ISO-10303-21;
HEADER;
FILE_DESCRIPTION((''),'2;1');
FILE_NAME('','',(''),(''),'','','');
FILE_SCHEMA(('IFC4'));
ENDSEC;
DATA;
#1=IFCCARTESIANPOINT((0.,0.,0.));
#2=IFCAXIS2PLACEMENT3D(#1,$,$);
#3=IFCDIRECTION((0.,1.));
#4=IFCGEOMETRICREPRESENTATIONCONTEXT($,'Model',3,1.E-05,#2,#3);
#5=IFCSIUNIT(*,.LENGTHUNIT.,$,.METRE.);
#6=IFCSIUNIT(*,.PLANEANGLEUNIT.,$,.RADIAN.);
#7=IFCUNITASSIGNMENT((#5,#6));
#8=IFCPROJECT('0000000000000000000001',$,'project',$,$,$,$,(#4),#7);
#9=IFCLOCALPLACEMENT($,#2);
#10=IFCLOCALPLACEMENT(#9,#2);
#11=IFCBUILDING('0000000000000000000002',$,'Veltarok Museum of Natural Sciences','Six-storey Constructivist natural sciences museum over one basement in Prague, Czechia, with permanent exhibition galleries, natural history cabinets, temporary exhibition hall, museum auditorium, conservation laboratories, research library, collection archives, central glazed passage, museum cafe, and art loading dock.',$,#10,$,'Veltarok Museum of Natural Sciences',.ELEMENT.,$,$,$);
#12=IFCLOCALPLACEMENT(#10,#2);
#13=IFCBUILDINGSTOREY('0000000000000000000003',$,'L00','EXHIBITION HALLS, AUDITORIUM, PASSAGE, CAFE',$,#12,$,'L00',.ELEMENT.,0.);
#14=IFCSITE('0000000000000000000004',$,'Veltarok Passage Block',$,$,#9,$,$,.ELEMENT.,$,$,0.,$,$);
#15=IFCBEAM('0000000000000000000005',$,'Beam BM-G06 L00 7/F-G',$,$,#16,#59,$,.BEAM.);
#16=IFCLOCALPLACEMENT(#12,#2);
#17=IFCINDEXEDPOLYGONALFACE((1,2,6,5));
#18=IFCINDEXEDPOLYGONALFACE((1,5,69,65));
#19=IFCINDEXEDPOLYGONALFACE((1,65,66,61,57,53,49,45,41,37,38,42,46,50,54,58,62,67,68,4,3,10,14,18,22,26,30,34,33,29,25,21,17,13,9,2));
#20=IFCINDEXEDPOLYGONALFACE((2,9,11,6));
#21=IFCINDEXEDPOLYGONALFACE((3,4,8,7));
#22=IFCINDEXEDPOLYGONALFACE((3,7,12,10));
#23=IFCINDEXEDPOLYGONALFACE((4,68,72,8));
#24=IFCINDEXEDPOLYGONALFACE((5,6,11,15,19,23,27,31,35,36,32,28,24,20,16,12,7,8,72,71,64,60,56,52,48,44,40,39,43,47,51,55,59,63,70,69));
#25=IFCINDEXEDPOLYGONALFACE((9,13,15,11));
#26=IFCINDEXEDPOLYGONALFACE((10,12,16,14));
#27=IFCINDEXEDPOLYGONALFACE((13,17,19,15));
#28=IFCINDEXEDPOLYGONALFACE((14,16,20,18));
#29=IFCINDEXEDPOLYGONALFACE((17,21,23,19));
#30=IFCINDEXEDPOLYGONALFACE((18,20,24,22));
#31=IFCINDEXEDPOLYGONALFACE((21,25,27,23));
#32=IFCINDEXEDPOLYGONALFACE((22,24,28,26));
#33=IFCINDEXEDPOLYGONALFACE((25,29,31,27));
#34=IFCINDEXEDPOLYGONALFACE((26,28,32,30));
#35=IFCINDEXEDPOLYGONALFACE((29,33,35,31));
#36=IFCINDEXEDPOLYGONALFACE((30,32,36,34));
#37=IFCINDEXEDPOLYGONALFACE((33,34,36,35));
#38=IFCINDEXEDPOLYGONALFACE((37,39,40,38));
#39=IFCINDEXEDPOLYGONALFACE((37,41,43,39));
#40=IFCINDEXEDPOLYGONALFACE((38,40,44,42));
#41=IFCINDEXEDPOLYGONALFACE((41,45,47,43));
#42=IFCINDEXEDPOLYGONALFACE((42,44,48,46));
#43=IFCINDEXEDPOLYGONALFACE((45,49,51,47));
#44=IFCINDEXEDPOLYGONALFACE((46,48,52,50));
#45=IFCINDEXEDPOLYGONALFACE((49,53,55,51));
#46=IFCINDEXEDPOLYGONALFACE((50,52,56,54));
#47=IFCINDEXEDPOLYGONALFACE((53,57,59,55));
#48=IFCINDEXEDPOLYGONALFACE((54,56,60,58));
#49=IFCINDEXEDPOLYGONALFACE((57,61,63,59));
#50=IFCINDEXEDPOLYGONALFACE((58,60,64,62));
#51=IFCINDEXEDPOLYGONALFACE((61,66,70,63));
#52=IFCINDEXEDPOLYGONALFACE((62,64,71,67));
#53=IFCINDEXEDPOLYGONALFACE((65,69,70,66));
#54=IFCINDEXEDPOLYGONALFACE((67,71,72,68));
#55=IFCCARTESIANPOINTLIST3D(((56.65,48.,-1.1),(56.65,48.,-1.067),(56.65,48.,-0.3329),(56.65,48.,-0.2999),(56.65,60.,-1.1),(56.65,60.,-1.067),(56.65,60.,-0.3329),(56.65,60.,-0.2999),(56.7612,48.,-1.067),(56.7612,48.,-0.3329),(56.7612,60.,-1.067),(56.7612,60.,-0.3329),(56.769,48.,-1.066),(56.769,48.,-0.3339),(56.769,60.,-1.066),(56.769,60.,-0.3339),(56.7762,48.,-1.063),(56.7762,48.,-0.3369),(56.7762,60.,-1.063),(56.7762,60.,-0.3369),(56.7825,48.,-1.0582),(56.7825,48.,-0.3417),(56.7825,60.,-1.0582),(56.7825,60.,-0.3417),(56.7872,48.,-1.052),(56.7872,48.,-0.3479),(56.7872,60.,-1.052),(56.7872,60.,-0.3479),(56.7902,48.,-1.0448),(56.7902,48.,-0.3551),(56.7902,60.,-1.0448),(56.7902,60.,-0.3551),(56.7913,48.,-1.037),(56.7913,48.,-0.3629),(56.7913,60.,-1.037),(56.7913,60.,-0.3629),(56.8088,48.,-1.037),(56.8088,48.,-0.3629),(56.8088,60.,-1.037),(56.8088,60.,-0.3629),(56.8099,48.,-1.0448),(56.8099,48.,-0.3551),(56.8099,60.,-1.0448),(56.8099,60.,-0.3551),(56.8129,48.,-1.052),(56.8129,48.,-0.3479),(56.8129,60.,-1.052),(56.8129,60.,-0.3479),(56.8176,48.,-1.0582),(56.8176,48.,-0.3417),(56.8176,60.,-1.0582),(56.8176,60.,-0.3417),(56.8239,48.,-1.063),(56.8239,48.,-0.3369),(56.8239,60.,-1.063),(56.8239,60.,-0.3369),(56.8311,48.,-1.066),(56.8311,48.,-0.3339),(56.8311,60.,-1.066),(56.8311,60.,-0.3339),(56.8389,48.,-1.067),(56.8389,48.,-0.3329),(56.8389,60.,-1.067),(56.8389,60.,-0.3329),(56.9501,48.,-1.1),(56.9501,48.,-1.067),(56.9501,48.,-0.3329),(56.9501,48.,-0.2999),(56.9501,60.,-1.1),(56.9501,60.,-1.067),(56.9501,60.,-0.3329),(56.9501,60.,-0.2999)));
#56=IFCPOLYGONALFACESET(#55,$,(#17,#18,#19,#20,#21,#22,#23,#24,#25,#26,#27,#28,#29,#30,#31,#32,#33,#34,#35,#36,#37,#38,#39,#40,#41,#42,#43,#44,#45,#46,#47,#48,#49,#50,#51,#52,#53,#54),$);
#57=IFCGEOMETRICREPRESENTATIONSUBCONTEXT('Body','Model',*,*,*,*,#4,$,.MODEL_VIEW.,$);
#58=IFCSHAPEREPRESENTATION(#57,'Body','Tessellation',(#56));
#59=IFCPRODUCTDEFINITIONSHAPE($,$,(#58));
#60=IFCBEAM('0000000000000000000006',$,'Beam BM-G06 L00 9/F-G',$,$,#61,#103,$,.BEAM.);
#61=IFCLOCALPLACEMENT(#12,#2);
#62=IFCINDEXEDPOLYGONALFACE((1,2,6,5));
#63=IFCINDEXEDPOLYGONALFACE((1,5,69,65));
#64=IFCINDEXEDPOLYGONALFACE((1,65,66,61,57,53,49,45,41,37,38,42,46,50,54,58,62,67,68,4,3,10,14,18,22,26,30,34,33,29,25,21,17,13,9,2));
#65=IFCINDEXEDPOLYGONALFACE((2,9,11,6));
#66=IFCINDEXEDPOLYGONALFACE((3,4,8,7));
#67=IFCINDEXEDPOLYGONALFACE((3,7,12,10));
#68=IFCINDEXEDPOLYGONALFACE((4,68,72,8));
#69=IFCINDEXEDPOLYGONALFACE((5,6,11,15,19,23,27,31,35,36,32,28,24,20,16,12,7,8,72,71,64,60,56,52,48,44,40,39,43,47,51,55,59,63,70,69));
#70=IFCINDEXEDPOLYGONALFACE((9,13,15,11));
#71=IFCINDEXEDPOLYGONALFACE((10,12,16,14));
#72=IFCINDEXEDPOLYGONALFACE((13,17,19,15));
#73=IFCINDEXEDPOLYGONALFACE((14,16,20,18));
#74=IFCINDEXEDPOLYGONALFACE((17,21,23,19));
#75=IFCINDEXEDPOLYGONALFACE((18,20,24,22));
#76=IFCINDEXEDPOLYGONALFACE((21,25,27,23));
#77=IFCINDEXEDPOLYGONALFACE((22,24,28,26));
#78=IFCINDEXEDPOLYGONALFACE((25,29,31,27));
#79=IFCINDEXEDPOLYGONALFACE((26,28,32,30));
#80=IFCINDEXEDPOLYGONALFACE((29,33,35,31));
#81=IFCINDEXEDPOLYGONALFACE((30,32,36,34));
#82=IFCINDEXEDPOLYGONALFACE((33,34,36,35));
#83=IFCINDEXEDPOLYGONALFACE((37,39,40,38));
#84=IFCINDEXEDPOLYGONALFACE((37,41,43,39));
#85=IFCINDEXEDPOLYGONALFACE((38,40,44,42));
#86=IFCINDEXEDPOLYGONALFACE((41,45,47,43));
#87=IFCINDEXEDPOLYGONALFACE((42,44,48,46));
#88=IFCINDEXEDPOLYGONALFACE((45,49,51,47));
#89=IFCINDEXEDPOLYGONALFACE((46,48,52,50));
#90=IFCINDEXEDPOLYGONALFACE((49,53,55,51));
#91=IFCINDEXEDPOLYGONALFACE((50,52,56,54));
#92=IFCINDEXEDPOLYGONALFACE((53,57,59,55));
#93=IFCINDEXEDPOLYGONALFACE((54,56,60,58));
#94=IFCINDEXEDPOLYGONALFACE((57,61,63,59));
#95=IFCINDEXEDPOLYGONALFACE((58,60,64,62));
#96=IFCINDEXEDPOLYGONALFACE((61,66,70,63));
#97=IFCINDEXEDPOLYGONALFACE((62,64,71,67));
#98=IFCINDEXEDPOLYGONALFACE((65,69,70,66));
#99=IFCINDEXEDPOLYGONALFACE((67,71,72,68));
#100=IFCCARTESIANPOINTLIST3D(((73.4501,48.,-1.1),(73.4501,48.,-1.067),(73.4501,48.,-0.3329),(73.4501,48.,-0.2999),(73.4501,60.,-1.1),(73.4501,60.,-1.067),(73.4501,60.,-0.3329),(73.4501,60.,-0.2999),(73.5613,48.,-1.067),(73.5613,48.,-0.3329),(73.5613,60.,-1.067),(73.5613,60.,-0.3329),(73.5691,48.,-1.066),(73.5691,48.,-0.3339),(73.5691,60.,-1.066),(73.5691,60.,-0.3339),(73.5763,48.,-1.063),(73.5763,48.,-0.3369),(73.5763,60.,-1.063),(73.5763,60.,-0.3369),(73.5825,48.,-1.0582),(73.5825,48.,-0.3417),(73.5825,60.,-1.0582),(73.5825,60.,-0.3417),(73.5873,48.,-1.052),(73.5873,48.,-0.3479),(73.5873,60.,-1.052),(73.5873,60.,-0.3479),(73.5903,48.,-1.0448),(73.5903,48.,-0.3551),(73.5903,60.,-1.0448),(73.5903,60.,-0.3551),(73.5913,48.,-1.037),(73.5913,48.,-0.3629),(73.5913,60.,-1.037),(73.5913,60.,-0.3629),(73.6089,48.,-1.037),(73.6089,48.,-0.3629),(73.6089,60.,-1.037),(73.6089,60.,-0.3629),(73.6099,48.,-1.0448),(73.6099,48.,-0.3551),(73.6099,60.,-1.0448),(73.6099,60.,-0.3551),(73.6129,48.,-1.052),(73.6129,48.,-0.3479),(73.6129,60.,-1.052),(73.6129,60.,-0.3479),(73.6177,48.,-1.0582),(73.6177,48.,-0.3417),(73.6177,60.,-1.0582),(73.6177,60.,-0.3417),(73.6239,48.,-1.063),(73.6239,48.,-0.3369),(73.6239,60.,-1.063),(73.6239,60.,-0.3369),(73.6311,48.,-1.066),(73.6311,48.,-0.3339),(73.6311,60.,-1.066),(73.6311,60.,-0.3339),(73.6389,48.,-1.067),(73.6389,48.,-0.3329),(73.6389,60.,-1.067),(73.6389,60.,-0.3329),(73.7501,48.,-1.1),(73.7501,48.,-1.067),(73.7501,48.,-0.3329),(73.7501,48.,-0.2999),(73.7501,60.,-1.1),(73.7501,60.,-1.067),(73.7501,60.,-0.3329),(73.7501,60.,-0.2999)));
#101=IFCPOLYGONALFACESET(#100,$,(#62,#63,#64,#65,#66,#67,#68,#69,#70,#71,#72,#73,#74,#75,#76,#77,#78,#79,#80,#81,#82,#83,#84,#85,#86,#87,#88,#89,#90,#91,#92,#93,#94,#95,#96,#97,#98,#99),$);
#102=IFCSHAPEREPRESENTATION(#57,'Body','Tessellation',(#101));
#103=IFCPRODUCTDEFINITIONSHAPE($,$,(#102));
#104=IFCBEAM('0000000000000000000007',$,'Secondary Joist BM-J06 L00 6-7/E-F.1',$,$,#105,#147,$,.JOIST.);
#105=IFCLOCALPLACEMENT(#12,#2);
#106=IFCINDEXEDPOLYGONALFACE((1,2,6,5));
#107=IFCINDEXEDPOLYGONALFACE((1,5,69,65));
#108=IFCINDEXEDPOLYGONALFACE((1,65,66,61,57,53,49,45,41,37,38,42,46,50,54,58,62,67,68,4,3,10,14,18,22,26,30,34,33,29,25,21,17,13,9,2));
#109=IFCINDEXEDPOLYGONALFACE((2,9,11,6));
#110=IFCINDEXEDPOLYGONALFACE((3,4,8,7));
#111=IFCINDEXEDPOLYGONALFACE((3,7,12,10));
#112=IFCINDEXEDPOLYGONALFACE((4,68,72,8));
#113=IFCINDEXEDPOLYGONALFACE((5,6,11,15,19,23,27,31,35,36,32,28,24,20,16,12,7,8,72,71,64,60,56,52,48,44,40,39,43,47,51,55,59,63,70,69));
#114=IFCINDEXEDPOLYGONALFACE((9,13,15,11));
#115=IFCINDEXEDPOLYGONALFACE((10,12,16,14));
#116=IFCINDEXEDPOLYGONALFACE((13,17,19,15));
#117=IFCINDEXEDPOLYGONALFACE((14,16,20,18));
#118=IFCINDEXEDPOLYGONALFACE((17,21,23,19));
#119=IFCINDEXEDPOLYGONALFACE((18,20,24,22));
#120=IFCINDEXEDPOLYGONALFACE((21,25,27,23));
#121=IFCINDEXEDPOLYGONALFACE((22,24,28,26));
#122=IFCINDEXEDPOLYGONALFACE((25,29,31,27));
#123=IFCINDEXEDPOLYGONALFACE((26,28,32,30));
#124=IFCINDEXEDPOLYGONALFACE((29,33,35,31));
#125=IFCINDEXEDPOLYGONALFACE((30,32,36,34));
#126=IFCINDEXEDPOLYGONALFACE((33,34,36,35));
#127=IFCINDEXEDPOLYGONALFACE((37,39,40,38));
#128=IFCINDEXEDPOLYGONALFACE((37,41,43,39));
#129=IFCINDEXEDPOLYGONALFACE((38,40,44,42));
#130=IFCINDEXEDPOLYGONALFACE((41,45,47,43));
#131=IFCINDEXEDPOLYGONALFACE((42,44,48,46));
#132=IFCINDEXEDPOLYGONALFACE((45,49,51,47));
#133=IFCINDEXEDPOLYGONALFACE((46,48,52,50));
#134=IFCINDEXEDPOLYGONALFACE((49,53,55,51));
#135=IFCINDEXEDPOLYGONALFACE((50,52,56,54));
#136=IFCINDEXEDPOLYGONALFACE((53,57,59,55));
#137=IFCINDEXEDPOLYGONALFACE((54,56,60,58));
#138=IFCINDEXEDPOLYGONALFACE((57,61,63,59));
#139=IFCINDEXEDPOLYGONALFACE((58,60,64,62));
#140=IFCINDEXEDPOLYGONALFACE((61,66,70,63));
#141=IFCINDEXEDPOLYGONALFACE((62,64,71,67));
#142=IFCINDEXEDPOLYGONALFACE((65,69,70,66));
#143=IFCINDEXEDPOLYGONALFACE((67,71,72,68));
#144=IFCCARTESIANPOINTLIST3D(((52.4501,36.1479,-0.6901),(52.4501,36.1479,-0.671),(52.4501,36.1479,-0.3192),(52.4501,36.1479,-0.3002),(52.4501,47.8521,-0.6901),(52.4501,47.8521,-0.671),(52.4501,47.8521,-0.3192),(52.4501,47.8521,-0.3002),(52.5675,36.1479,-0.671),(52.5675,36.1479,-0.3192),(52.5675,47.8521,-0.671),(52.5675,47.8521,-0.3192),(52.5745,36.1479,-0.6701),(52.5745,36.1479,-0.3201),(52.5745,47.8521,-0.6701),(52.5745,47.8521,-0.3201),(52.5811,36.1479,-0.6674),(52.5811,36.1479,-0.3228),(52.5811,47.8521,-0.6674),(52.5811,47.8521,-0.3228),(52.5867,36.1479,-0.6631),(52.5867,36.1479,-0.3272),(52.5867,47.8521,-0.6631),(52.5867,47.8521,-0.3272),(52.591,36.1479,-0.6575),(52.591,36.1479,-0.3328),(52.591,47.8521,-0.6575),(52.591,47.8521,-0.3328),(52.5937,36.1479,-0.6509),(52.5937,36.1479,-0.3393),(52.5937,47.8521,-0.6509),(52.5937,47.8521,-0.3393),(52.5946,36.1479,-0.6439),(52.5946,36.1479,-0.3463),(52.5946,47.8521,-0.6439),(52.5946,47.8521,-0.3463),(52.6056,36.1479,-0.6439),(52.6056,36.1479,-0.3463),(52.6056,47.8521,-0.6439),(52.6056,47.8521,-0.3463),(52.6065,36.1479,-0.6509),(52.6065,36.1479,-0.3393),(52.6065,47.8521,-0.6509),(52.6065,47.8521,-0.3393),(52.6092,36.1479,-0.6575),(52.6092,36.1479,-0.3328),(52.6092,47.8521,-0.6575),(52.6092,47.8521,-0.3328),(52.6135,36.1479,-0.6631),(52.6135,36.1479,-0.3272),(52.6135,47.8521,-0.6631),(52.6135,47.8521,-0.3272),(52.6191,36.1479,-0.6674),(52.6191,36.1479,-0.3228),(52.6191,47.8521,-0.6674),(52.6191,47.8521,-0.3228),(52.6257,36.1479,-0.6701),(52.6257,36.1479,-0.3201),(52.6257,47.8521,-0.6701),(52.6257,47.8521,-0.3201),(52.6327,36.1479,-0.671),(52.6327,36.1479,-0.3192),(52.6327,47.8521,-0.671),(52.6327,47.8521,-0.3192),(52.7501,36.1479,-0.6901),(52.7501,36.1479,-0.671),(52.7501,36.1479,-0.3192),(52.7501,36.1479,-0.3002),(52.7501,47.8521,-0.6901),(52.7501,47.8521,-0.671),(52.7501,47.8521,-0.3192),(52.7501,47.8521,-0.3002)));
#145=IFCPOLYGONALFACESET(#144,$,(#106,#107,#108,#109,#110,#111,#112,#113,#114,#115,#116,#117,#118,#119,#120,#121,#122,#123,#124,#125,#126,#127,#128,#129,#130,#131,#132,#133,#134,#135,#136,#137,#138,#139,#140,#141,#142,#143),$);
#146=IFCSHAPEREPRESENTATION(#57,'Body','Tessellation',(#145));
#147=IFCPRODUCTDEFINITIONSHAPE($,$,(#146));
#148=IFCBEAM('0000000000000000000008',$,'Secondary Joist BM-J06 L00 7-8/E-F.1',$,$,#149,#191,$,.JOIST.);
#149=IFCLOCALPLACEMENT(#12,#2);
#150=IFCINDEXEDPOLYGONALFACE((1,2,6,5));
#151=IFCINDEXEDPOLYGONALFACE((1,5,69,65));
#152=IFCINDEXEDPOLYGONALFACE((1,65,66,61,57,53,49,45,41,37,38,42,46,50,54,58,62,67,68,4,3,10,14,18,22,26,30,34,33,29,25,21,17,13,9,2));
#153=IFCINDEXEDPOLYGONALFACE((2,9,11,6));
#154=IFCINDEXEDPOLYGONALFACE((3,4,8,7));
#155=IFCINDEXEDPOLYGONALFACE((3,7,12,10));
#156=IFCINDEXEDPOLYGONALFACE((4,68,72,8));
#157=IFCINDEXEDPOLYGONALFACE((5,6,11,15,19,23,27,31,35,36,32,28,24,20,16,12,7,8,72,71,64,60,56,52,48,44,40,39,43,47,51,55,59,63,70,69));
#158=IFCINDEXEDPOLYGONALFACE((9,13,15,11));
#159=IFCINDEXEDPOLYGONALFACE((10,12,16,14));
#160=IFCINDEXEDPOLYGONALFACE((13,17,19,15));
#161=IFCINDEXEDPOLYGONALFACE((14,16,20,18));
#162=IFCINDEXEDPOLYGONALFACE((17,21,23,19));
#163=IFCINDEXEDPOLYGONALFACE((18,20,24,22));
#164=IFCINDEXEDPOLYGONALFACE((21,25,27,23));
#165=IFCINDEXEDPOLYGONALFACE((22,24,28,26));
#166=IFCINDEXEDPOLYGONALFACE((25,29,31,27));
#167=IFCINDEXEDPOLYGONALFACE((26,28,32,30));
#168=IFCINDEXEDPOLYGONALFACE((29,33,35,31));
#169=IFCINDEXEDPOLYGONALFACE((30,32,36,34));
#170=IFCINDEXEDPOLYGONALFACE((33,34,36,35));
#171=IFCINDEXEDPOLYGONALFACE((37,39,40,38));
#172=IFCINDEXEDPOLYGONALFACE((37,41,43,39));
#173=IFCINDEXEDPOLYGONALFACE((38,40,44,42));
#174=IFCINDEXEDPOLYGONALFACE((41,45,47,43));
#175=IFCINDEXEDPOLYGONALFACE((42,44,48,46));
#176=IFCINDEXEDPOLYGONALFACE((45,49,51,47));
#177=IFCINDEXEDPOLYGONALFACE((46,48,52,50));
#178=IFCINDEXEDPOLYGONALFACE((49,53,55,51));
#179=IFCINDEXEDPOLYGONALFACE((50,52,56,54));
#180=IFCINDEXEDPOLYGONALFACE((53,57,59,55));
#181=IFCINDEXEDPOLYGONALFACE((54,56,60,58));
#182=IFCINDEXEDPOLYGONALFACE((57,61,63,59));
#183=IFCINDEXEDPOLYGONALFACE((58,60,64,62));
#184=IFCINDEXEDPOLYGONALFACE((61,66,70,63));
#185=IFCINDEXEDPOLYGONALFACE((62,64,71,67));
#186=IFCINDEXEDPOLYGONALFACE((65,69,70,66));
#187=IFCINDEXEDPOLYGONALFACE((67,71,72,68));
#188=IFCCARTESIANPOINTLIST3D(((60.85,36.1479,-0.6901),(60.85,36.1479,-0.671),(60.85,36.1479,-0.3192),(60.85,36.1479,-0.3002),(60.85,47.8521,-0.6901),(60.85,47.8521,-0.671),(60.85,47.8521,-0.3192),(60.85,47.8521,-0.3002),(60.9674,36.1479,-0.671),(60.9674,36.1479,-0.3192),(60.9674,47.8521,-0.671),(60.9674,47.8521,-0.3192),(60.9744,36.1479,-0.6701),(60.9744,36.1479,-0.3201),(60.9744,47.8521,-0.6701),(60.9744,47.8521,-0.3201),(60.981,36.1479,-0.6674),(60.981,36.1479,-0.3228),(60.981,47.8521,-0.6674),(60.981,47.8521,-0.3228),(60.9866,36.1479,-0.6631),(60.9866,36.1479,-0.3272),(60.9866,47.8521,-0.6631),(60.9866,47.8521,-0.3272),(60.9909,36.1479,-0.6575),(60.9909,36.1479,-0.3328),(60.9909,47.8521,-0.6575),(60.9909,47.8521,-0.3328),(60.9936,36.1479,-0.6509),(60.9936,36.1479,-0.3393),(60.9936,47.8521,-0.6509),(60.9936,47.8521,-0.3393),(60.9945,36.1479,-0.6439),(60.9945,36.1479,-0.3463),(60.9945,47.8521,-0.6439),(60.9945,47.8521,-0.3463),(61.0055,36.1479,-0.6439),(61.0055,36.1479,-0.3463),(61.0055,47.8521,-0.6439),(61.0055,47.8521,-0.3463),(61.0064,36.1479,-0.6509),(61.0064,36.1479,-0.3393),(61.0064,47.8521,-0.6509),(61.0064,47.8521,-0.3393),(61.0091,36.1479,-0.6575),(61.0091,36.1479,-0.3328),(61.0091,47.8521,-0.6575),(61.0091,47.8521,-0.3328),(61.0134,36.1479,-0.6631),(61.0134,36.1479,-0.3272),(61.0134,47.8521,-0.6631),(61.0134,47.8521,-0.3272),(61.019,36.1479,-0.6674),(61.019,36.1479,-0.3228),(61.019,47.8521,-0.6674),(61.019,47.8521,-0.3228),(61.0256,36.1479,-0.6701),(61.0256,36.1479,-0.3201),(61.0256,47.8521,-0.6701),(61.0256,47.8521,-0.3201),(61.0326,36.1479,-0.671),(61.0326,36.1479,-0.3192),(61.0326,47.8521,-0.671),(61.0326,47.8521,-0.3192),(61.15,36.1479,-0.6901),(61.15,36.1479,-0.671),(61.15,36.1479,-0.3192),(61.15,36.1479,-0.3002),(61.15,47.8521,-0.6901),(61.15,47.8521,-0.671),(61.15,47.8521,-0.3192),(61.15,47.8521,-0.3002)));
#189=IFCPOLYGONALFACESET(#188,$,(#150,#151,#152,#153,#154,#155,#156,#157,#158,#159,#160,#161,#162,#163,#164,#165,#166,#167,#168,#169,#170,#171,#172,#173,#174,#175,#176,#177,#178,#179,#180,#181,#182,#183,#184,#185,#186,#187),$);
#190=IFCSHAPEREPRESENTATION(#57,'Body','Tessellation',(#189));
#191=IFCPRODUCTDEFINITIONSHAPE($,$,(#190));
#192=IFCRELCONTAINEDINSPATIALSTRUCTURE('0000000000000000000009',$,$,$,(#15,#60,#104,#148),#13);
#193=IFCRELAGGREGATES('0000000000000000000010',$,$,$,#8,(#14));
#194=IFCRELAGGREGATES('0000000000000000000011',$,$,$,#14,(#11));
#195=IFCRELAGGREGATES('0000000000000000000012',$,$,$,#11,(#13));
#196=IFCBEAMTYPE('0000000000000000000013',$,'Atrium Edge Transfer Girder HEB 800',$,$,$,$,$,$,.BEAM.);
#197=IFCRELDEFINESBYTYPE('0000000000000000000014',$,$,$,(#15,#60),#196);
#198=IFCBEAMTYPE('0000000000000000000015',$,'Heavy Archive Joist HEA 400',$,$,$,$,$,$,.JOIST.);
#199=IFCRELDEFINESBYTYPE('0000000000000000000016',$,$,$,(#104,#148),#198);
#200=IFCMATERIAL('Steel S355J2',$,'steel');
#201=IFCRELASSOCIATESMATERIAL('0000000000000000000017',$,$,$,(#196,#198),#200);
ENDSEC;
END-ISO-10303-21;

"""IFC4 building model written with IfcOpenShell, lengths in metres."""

from ifc_helpers import new_model, si_unit, direction, frame, origin, origin_2d, place, context, subcontext, project, spatial, i_section, extrude, material, material_profile, profile_set, type_object, element, save


model = new_model("IFC4")

# Units and contexts
model_context = context("Model", 3, precision=1e-05, world=origin(), true_north=direction((0.0, 1.0)))
body_context = subcontext(model_context, "Body", "Model", "MODEL_VIEW")
ifc_project = project(units=[si_unit("LENGTHUNIT", "METRE"), si_unit("PLANEANGLEUNIT", "RADIAN")], contexts=[model_context])

# Site, building, storey
site_placement = place(None, origin())
site = spatial("IfcSite", under=ifc_project, at=site_placement, Name="Veltarok Passage Block", CompositionType="ELEMENT", RefElevation=0.0)
building_placement = place(site_placement, origin())
building = spatial("IfcBuilding", under=site, at=building_placement, Name="Veltarok Museum of Natural Sciences", Description="Six-storey Constructivist natural sciences museum over one basement in Prague, Czechia, with permanent exhibition galleries, natural history cabinets, temporary exhibition hall, museum auditorium, conservation laboratories, research library, collection archives, central glazed passage, museum cafe, and art loading dock.", LongName="Veltarok Museum of Natural Sciences", CompositionType="ELEMENT")
storey_placement = place(building_placement, origin())
storey = spatial("IfcBuildingStorey", under=building, at=storey_placement, Name="L00", Description="EXHIBITION HALLS, AUDITORIUM, PASSAGE, CAFE", LongName="L00", CompositionType="ELEMENT", Elevation=0.0)

# Shared definitions
ifc_material_1 = material(Name="Steel S355J2", Category="steel")

# Beams
ifc_material_profile_1 = material_profile(ifc_material_1, i_section(OverallWidth=0.3, OverallDepth=0.8, WebThickness=0.0176, FlangeThickness=0.033, FilletRadius=0.03, at=origin_2d()), Name="HEB 800")
ifc_profile_set_1 = profile_set([ifc_material_profile_1], Name="Steel S355J2")
beam_type_1 = type_object("IfcBeamType", Name="Atrium Edge Transfer Girder HEB 800", PredefinedType="BEAM", material=ifc_profile_set_1)
for number, where, z_axis, x_axis, name in (
    (1, (56.8, 48.0, -0.7), (0.0, 1.0, 0.0), (-1.0, 0.0, 0.0), "Beam BM-G06 L00 7/F-G"),
    (2, (73.6001, 48.0, -0.7), (0.0, 1.0, 0.0), (-1.0, 0.0, 0.0), "Beam BM-G06 L00 9/F-G"),
):
    element("IfcBeam", number, at=place(storey_placement, frame(where, z_axis=z_axis, x_axis=x_axis)), inside=storey, type_object=beam_type_1, Name=name, PredefinedType="BEAM", context=body_context, shape_type="SweptSolid", body=[
        extrude(i_section(OverallWidth=0.3, OverallDepth=0.8, WebThickness=0.0176, FlangeThickness=0.033, FilletRadius=0.03, at=origin_2d()), origin(), (0.0, 0.0, 1.0), 12.0),
    ])
ifc_material_profile_2 = material_profile(ifc_material_1, i_section(OverallWidth=0.3, OverallDepth=0.3899, WebThickness=0.011, FlangeThickness=0.019, FilletRadius=0.0271, at=origin_2d()), Name="HEA 400")
ifc_profile_set_2 = profile_set([ifc_material_profile_2], Name="Steel S355J2")
beam_type_2 = type_object("IfcBeamType", Name="Heavy Archive Joist HEA 400", PredefinedType="JOIST", material=ifc_profile_set_2)
for number, where, z_axis, x_axis, name in (
    (3, (52.6001, 36.1479, -0.4951), (0.0, 1.0, 0.0), (-1.0, 0.0, 0.0), "Secondary Joist BM-J06 L00 6-7/E-F.1"),
    (4, (61.0, 36.1479, -0.4951), (0.0, 1.0, 0.0), (-1.0, 0.0, 0.0), "Secondary Joist BM-J06 L00 7-8/E-F.1"),
):
    element("IfcBeam", number, at=place(storey_placement, frame(where, z_axis=z_axis, x_axis=x_axis)), inside=storey, type_object=beam_type_2, Name=name, PredefinedType="JOIST", context=body_context, shape_type="SweptSolid", body=[
        extrude(i_section(OverallWidth=0.3, OverallDepth=0.3899, WebThickness=0.011, FlangeThickness=0.019, FilletRadius=0.0271, at=origin_2d()), origin(), (0.0, 0.0, 1.0), 11.7041),
    ])

save(model, "model.ifc")
